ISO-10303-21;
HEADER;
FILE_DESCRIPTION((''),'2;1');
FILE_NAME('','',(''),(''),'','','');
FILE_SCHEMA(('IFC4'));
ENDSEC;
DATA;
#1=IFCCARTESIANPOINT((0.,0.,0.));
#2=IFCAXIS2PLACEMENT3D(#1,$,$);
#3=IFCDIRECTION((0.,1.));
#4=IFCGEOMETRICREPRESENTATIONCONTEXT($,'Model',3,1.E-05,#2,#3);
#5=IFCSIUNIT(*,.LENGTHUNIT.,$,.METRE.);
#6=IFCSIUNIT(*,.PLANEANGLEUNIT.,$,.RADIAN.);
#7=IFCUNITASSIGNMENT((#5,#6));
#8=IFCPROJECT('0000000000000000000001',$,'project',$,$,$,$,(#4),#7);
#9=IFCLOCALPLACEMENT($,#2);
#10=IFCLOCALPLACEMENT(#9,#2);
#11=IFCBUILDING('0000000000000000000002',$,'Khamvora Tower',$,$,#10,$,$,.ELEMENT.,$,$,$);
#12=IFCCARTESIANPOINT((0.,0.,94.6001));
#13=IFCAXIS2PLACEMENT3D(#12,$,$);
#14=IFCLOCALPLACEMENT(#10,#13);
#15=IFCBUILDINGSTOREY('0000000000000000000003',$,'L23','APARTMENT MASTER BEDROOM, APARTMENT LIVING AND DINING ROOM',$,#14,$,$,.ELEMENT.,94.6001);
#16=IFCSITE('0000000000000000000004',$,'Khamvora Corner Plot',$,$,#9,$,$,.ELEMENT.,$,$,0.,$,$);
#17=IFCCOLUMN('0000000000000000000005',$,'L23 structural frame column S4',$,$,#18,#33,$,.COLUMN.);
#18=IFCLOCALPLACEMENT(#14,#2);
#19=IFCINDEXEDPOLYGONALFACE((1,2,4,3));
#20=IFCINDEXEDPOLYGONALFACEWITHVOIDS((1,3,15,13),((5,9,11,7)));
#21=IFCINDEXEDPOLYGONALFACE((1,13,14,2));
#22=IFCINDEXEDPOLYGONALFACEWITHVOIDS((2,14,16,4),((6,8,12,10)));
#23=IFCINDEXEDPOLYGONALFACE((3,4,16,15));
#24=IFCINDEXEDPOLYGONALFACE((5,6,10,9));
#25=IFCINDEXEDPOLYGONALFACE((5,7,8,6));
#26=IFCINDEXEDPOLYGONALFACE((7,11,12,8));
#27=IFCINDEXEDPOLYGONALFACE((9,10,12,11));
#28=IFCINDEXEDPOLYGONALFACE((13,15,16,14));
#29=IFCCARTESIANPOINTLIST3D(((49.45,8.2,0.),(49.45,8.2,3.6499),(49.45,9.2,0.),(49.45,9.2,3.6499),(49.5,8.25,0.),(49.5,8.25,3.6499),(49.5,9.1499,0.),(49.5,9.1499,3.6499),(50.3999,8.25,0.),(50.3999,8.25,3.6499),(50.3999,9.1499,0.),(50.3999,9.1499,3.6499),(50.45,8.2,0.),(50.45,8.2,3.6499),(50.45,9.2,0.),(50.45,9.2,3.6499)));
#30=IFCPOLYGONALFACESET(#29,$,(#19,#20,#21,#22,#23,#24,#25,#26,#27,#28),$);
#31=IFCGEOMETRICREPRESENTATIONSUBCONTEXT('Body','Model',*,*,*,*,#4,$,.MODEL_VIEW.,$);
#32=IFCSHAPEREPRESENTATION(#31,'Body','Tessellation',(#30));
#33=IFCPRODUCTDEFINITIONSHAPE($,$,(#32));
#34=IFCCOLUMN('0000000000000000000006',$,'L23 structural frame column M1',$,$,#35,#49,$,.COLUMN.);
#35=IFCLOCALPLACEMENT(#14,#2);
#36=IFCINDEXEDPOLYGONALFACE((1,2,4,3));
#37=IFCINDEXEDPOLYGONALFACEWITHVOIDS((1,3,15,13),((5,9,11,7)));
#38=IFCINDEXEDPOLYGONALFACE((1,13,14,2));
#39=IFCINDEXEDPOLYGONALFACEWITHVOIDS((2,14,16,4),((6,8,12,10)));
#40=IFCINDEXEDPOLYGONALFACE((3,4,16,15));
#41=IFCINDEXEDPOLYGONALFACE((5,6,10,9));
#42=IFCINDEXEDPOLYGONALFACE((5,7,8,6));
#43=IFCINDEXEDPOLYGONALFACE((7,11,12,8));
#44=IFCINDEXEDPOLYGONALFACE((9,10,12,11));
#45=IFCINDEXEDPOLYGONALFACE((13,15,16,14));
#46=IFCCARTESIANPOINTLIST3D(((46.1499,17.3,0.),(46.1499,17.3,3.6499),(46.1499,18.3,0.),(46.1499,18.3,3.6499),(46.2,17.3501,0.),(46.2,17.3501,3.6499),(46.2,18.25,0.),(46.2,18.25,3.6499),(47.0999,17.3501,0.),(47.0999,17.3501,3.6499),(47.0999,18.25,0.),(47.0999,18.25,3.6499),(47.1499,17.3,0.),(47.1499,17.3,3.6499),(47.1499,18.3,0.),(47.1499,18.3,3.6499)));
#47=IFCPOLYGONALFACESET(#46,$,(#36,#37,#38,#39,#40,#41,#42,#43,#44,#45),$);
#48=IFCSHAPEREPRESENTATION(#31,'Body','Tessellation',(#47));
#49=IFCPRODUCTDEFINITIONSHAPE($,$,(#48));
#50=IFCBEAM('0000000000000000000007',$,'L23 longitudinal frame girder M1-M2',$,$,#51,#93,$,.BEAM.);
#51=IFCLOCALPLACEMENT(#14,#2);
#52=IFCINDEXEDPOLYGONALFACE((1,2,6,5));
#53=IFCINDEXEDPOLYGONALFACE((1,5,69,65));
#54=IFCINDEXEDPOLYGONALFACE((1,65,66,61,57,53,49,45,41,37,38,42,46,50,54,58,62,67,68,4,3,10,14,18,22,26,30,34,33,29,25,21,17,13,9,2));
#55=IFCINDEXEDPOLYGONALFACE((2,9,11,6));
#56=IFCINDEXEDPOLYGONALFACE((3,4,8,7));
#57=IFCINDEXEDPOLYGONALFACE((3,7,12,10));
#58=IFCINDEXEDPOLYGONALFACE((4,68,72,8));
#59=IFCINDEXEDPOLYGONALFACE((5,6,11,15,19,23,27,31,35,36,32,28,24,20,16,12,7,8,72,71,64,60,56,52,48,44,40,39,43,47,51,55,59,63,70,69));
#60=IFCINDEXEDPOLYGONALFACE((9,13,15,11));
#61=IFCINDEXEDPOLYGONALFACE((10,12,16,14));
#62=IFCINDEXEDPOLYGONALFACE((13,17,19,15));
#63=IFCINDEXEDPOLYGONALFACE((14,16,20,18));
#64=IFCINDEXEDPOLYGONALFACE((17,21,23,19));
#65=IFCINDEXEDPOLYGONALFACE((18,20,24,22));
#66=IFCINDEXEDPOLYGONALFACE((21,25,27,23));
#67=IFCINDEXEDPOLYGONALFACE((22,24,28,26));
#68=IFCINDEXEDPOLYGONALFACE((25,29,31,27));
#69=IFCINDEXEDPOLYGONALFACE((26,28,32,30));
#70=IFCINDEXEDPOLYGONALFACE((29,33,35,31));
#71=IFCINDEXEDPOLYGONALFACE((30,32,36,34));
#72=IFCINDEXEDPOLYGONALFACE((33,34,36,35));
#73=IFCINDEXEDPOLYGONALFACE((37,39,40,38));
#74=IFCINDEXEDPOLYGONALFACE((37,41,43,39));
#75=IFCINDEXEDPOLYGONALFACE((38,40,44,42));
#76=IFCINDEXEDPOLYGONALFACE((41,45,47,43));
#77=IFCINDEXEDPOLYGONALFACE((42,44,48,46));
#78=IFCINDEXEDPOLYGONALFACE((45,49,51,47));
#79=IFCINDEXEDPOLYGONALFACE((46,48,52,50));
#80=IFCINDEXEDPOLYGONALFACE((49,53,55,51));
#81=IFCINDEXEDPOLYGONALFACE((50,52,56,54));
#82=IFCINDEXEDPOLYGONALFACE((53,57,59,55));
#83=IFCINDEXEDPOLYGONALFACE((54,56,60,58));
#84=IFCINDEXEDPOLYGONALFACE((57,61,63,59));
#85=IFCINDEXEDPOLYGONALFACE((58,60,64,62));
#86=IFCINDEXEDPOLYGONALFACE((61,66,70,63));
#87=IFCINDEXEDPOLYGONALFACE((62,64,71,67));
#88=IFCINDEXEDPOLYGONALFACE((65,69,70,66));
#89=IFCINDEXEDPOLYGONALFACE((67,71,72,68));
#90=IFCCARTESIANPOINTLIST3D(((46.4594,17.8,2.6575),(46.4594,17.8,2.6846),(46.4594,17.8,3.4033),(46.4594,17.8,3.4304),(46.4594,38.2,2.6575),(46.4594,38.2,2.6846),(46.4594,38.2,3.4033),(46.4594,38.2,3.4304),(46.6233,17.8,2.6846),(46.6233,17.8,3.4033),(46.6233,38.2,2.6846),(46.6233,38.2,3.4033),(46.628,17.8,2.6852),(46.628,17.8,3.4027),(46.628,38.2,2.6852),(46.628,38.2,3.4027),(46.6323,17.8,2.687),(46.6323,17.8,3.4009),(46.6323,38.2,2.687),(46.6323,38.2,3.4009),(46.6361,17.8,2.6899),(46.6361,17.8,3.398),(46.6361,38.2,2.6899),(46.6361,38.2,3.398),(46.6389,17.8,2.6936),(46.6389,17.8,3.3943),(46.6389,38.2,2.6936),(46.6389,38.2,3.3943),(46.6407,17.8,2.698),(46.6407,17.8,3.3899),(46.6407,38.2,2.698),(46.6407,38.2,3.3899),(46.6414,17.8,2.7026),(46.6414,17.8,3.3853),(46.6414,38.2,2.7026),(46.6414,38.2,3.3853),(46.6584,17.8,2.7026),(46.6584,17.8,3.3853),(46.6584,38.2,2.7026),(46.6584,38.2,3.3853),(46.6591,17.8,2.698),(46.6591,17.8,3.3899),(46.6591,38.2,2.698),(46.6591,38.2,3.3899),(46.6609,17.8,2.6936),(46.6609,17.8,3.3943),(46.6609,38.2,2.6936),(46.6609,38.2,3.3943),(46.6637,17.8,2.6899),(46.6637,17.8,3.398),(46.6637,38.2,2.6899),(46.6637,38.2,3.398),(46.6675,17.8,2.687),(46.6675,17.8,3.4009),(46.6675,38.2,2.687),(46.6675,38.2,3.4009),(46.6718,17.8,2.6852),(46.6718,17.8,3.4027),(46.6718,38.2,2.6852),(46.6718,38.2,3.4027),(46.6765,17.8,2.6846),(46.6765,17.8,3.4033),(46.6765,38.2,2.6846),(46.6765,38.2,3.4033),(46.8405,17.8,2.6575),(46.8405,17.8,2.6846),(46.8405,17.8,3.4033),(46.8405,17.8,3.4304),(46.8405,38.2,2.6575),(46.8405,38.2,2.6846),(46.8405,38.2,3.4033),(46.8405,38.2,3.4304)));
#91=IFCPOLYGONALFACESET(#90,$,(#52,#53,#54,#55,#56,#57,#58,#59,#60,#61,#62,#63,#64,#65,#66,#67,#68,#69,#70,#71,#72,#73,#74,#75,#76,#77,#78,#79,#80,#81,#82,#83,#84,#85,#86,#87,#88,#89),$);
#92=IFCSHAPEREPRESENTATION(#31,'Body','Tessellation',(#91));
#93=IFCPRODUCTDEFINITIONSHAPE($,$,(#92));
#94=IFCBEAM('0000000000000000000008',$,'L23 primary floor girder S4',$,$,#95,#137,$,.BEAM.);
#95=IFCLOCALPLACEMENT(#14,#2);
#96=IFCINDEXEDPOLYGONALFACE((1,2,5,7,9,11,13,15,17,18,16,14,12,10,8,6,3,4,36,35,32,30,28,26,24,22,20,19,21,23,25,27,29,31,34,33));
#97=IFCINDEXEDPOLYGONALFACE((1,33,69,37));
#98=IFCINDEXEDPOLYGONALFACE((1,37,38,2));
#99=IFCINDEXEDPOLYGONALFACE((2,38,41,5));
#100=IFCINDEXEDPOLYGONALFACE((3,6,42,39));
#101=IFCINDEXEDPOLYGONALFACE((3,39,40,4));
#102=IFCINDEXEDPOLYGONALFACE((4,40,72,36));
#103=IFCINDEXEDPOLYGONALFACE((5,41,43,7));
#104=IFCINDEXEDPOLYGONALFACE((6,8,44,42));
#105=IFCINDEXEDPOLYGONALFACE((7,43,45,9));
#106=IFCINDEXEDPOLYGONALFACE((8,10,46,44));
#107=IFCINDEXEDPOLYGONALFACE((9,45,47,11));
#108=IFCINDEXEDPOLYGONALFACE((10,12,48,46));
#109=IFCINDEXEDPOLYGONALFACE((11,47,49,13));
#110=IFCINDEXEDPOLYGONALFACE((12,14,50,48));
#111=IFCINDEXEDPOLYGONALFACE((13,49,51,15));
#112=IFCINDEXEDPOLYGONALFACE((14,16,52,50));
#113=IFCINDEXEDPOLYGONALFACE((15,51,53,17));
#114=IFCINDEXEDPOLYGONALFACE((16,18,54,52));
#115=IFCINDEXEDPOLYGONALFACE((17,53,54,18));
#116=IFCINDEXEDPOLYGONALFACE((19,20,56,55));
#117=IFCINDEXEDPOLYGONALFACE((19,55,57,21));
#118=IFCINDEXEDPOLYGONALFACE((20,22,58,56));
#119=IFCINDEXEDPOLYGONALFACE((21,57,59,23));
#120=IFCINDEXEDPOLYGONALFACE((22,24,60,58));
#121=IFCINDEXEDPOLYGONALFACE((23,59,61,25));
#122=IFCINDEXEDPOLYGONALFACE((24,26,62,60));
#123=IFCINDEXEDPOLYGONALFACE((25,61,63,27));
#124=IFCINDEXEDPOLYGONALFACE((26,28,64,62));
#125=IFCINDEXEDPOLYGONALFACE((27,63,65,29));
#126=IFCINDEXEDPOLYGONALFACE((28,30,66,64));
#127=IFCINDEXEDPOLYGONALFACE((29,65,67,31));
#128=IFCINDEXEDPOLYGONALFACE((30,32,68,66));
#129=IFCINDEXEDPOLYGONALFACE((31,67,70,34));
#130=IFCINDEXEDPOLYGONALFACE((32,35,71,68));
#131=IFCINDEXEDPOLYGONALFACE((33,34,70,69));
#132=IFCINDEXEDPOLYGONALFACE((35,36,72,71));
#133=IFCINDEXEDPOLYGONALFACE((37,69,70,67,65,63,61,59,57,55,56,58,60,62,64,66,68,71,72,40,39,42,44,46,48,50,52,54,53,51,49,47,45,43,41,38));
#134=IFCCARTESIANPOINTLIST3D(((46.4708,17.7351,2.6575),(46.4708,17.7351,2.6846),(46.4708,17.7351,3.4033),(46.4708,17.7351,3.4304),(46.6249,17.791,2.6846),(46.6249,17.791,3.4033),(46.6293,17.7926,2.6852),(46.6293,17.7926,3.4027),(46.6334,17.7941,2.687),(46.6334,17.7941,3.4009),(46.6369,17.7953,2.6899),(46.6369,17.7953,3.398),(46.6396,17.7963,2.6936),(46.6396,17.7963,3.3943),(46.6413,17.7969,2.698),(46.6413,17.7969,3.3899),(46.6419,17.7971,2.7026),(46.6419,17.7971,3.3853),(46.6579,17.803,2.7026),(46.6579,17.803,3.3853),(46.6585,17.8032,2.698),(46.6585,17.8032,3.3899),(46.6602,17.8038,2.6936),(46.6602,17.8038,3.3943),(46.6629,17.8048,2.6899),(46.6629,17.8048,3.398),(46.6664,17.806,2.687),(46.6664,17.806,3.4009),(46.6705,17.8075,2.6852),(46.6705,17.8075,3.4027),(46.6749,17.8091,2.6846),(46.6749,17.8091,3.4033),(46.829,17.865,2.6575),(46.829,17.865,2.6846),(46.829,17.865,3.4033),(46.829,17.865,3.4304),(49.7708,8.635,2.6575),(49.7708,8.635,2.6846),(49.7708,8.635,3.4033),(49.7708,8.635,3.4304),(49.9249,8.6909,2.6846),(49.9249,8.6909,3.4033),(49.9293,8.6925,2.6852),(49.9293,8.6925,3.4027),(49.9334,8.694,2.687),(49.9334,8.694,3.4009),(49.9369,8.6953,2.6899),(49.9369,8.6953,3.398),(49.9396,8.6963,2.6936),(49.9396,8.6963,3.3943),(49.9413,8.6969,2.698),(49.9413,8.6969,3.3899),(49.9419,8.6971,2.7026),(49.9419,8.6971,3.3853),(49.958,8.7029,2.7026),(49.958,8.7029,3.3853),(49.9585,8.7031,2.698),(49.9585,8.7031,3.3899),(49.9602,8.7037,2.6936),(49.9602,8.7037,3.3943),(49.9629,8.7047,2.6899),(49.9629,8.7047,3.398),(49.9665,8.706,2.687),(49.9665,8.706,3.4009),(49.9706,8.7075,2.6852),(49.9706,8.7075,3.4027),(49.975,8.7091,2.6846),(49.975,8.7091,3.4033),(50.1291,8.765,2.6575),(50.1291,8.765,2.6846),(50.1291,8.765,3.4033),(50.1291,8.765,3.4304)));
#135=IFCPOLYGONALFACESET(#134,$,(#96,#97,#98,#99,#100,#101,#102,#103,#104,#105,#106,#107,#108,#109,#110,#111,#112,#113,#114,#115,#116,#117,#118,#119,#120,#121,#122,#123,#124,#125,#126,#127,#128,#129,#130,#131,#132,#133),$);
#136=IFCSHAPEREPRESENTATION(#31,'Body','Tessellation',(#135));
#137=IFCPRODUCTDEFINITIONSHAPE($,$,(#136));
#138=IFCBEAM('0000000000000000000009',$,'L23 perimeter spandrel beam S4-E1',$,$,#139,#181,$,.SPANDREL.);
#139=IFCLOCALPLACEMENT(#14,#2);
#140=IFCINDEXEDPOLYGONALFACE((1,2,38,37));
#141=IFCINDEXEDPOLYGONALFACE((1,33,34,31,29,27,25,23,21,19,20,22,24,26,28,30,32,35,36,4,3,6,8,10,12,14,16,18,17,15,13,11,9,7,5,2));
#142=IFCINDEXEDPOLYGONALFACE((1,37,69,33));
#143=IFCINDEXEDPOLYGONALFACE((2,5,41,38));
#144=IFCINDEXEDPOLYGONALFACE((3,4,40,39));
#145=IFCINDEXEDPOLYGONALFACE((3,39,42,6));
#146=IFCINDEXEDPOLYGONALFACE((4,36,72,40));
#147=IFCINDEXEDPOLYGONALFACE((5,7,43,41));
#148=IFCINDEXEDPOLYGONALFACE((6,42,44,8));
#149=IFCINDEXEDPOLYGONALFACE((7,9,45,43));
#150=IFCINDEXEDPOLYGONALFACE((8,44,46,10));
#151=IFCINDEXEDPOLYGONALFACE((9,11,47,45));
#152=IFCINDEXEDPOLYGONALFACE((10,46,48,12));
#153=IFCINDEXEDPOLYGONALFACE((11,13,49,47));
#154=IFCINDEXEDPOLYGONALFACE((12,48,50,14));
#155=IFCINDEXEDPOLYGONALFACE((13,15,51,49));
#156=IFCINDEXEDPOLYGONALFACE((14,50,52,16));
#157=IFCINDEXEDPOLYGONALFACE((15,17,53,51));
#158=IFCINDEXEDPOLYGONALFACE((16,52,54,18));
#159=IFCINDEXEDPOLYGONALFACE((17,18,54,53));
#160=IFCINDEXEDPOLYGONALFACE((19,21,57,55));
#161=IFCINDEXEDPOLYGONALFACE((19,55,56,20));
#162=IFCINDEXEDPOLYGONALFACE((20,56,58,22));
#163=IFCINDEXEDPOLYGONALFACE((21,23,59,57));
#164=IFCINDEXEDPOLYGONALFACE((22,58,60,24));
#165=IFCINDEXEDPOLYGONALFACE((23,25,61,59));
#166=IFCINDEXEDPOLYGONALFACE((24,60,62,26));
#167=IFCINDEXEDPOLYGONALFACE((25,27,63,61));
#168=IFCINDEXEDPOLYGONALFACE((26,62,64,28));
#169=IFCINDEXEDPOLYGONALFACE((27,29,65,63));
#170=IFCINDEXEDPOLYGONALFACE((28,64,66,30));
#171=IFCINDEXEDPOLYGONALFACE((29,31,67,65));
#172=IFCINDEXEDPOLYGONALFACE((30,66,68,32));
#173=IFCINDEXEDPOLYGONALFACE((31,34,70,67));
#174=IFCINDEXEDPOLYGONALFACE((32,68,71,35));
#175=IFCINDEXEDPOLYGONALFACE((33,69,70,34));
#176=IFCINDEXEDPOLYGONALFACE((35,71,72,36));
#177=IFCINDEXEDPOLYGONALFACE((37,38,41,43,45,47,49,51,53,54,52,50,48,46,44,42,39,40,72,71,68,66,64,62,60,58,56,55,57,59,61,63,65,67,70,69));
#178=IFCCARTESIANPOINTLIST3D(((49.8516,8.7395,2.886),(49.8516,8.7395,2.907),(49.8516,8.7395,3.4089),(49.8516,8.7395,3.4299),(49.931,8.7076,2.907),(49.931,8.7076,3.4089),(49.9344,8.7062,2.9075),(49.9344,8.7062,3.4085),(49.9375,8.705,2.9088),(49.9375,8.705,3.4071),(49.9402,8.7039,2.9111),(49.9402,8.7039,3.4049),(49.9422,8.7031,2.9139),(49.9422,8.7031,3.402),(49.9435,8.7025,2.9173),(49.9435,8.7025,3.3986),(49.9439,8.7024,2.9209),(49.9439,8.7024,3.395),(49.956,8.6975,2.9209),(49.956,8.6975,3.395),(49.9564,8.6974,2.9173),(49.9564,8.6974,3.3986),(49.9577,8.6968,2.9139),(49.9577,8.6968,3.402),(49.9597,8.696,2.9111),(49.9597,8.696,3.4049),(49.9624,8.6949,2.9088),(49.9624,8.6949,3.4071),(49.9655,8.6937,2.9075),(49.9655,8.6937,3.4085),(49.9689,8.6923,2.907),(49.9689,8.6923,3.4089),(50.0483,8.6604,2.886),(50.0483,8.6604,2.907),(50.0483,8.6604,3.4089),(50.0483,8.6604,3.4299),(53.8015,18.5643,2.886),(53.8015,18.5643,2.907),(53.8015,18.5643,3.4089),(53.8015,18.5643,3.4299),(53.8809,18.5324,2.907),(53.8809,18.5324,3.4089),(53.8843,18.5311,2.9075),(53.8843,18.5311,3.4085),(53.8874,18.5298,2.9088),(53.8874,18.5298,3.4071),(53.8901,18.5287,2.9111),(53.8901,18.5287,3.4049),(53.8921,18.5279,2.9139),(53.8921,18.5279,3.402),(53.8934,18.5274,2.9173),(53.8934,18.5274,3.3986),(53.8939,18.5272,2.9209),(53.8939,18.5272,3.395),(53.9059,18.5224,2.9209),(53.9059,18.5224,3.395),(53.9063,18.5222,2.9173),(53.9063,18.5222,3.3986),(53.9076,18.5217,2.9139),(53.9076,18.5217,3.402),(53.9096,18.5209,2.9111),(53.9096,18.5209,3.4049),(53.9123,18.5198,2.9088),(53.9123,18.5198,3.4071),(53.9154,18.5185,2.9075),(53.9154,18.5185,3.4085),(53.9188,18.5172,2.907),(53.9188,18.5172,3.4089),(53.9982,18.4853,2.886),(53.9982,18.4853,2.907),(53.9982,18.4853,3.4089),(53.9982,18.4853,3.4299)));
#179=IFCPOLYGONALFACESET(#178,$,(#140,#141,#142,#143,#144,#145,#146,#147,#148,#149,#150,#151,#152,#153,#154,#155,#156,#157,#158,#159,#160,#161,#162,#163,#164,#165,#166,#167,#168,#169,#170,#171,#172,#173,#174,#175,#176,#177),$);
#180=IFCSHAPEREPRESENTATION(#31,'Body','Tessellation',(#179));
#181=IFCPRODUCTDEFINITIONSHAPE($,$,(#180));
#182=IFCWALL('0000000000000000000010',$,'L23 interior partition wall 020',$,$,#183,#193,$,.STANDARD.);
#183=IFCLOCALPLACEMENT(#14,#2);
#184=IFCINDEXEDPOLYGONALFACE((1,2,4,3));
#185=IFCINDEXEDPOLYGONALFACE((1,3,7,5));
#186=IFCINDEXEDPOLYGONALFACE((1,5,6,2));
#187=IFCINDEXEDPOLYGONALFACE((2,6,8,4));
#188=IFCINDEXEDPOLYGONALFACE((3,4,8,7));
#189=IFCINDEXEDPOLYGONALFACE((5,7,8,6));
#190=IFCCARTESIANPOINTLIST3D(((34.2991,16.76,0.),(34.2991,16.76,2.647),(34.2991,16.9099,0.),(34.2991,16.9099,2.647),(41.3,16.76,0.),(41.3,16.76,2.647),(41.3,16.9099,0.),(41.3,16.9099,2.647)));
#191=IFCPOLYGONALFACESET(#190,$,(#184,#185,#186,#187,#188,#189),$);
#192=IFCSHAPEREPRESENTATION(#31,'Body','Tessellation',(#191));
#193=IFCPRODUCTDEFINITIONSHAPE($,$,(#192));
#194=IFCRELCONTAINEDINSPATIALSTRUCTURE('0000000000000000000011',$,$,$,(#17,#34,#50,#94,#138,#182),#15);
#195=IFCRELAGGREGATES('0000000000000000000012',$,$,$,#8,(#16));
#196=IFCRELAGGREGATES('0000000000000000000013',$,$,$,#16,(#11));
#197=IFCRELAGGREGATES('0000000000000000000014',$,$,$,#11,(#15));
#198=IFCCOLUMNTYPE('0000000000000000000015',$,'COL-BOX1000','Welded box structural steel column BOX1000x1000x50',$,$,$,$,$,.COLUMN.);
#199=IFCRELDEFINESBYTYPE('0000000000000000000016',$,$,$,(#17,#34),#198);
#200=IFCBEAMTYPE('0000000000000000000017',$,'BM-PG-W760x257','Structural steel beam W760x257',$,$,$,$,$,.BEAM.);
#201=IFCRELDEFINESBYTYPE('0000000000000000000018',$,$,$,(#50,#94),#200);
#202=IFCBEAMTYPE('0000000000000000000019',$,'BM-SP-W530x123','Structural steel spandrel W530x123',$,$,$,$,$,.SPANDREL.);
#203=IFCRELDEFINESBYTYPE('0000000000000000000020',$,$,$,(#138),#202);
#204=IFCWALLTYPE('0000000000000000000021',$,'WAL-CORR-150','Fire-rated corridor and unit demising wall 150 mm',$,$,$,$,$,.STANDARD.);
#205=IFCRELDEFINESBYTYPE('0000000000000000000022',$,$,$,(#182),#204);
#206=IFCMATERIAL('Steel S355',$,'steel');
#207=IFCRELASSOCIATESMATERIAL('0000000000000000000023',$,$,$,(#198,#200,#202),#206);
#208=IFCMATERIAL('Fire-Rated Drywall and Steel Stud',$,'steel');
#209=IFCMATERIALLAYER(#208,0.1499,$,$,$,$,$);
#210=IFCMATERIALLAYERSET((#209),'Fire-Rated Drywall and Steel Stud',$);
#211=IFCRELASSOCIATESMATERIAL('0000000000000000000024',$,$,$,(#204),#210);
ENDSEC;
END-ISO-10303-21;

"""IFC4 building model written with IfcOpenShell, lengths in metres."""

from ifc_helpers import new_model, si_unit, direction, frame, frame_2d, origin, origin_2d, place, context, subcontext, project, spatial, rectangle, hollow_rectangle, i_section, extrude, material, layer, layer_set, material_profile, profile_set, type_object, element, save


model = new_model("IFC4")

# Units and contexts
model_context = context("Model", 3, precision=1e-05, world=origin(), true_north=direction((0.0, 1.0)))
body_context = subcontext(model_context, "Body", "Model", "MODEL_VIEW")
ifc_project = project(units=[si_unit("LENGTHUNIT", "METRE"), si_unit("PLANEANGLEUNIT", "RADIAN")], contexts=[model_context])

# Site, building, storey
site_placement = place(None, origin())
site = spatial("IfcSite", under=ifc_project, at=site_placement, Name="Khamvora Corner Plot", CompositionType="ELEMENT", RefElevation=0.0)
building_placement = place(site_placement, origin())
building = spatial("IfcBuilding", under=site, at=building_placement, Name="Khamvora Tower", CompositionType="ELEMENT")
storey_placement = place(building_placement, frame((0.0, 0.0, 94.6001)))
storey = spatial("IfcBuildingStorey", under=building, at=storey_placement, Name="L23", Description="APARTMENT MASTER BEDROOM, APARTMENT LIVING AND DINING ROOM", CompositionType="ELEMENT", Elevation=94.6001)

# Columns
ifc_material_1 = material(Name="Steel S355", Category="steel")
ifc_material_profile_1 = material_profile(ifc_material_1, hollow_rectangle(XDim=1.0, YDim=1.0, WallThickness=0.05, at=origin_2d()), Name="BOX1000x1000x50")
ifc_profile_set_1 = profile_set([ifc_material_profile_1], Name="Steel S355")
column_type = type_object("IfcColumnType", Name="COL-BOX1000", Description="Welded box structural steel column BOX1000x1000x50", PredefinedType="COLUMN", material=ifc_profile_set_1)
for number, where, z_axis, x_axis, name in (
    (1, (49.95, 8.7, 0.0), (0.0, 0.0, 1.0), (1.0, 0.0, 0.0), "L23 structural frame column S4"),
    (2, (46.6499, 17.8, 0.0), (0.0, 0.0, 1.0), (1.0, 0.0, 0.0), "L23 structural frame column M1"),
):
    element("IfcColumn", number, at=place(storey_placement, frame(where, z_axis=z_axis, x_axis=x_axis)), inside=storey, type_object=column_type, Name=name, PredefinedType="COLUMN", context=body_context, shape_type="SweptSolid", body=[
        extrude(hollow_rectangle(XDim=1.0, YDim=1.0, WallThickness=0.05, at=origin_2d()), origin(), (0.0, 0.0, 1.0), 3.6499),
    ])

# Beams
ifc_material_profile_2 = material_profile(ifc_material_1, i_section(OverallWidth=0.3811, OverallDepth=0.7729, WebThickness=0.0171, FlangeThickness=0.0271, FilletRadius=0.0181, at=origin_2d()), Name="W760x257")
ifc_profile_set_2 = profile_set([ifc_material_profile_2], Name="Steel S355")
beam_type_1 = type_object("IfcBeamType", Name="BM-PG-W760x257", Description="Structural steel beam W760x257", PredefinedType="BEAM", material=ifc_profile_set_2)
beam_1_placement = place(storey_placement, frame((46.6499, 17.8, 3.0439), z_axis=(0.0, 1.0, 0.0), x_axis=(-1.0, 0.0, 0.0)))
element("IfcBeam", 3, at=beam_1_placement, inside=storey, type_object=beam_type_1, Name="L23 longitudinal frame girder M1-M2", PredefinedType="BEAM", context=body_context, shape_type="SweptSolid", body=[
    extrude(i_section(OverallWidth=0.3811, OverallDepth=0.7729, WebThickness=0.0171, FlangeThickness=0.0271, FilletRadius=0.0181, at=origin_2d()), origin(), (0.0, 0.0, 1.0), 20.3999),
])
beam_2_placement = place(storey_placement, frame((46.6499, 17.8, 3.0439), z_axis=(0.340915, -0.940094, 0.0), x_axis=(0.940094, 0.340915, 0.0)))
element("IfcBeam", 4, at=beam_2_placement, inside=storey, type_object=beam_type_1, Name="L23 primary floor girder S4", PredefinedType="BEAM", context=body_context, shape_type="SweptSolid", body=[
    extrude(i_section(OverallWidth=0.3811, OverallDepth=0.7729, WebThickness=0.0171, FlangeThickness=0.0271, FilletRadius=0.0181, at=origin_2d()), origin(), (0.0, 0.0, 1.0), 9.6799),
])
ifc_material_profile_3 = material_profile(ifc_material_1, i_section(OverallWidth=0.2119, OverallDepth=0.5439, WebThickness=0.0129, FlangeThickness=0.021, FilletRadius=0.0139, at=origin_2d()), Name="W530x123")
ifc_profile_set_3 = profile_set([ifc_material_profile_3], Name="Steel S355")
beam_type_2 = type_object("IfcBeamType", Name="BM-SP-W530x123", Description="Structural steel spandrel W530x123", PredefinedType="SPANDREL", material=ifc_profile_set_3)
beam_3_placement = place(storey_placement, frame((49.95, 8.7, 3.158), z_axis=(0.373016, 0.927825, 0.0), x_axis=(-0.927825, 0.373016, 0.0)))
element("IfcBeam", 5, at=beam_3_placement, inside=storey, type_object=beam_type_2, Name="L23 perimeter spandrel beam S4-E1", PredefinedType="SPANDREL", context=body_context, shape_type="SweptSolid", body=[
    extrude(i_section(OverallWidth=0.2119, OverallDepth=0.5439, WebThickness=0.0129, FlangeThickness=0.021, FilletRadius=0.0139, at=origin_2d()), origin(), (0.0, 0.0, 1.0), 10.5891),
])

# Wall
ifc_material_2 = material(Name="Fire-Rated Drywall and Steel Stud", Category="steel")
ifc_layer_1 = layer(ifc_material_2, 0.1499)
ifc_layer_set_1 = layer_set([ifc_layer_1], Name="Fire-Rated Drywall and Steel Stud")
wall_type_1 = type_object("IfcWallType", Name="WAL-CORR-150", Description="Fire-rated corridor and unit demising wall 150 mm", PredefinedType="STANDARD", material=ifc_layer_set_1)
wall_1_placement = place(storey_placement, frame((41.3, 16.835, 0.0), z_axis=(0.0, 0.0, 1.0), x_axis=(-1.0, 0.0, 0.0)))
element("IfcWall", 6, at=wall_1_placement, inside=storey, type_object=wall_type_1, Name="L23 interior partition wall 020", PredefinedType="STANDARD", context=body_context, shape_type="SweptSolid", body=[
    extrude(rectangle(XDim=7.001, YDim=0.1499, at=frame_2d((3.5005, 0.0))), origin(), (0.0, 0.0, 1.0), 2.647),
])

save(model, "model.ifc")
